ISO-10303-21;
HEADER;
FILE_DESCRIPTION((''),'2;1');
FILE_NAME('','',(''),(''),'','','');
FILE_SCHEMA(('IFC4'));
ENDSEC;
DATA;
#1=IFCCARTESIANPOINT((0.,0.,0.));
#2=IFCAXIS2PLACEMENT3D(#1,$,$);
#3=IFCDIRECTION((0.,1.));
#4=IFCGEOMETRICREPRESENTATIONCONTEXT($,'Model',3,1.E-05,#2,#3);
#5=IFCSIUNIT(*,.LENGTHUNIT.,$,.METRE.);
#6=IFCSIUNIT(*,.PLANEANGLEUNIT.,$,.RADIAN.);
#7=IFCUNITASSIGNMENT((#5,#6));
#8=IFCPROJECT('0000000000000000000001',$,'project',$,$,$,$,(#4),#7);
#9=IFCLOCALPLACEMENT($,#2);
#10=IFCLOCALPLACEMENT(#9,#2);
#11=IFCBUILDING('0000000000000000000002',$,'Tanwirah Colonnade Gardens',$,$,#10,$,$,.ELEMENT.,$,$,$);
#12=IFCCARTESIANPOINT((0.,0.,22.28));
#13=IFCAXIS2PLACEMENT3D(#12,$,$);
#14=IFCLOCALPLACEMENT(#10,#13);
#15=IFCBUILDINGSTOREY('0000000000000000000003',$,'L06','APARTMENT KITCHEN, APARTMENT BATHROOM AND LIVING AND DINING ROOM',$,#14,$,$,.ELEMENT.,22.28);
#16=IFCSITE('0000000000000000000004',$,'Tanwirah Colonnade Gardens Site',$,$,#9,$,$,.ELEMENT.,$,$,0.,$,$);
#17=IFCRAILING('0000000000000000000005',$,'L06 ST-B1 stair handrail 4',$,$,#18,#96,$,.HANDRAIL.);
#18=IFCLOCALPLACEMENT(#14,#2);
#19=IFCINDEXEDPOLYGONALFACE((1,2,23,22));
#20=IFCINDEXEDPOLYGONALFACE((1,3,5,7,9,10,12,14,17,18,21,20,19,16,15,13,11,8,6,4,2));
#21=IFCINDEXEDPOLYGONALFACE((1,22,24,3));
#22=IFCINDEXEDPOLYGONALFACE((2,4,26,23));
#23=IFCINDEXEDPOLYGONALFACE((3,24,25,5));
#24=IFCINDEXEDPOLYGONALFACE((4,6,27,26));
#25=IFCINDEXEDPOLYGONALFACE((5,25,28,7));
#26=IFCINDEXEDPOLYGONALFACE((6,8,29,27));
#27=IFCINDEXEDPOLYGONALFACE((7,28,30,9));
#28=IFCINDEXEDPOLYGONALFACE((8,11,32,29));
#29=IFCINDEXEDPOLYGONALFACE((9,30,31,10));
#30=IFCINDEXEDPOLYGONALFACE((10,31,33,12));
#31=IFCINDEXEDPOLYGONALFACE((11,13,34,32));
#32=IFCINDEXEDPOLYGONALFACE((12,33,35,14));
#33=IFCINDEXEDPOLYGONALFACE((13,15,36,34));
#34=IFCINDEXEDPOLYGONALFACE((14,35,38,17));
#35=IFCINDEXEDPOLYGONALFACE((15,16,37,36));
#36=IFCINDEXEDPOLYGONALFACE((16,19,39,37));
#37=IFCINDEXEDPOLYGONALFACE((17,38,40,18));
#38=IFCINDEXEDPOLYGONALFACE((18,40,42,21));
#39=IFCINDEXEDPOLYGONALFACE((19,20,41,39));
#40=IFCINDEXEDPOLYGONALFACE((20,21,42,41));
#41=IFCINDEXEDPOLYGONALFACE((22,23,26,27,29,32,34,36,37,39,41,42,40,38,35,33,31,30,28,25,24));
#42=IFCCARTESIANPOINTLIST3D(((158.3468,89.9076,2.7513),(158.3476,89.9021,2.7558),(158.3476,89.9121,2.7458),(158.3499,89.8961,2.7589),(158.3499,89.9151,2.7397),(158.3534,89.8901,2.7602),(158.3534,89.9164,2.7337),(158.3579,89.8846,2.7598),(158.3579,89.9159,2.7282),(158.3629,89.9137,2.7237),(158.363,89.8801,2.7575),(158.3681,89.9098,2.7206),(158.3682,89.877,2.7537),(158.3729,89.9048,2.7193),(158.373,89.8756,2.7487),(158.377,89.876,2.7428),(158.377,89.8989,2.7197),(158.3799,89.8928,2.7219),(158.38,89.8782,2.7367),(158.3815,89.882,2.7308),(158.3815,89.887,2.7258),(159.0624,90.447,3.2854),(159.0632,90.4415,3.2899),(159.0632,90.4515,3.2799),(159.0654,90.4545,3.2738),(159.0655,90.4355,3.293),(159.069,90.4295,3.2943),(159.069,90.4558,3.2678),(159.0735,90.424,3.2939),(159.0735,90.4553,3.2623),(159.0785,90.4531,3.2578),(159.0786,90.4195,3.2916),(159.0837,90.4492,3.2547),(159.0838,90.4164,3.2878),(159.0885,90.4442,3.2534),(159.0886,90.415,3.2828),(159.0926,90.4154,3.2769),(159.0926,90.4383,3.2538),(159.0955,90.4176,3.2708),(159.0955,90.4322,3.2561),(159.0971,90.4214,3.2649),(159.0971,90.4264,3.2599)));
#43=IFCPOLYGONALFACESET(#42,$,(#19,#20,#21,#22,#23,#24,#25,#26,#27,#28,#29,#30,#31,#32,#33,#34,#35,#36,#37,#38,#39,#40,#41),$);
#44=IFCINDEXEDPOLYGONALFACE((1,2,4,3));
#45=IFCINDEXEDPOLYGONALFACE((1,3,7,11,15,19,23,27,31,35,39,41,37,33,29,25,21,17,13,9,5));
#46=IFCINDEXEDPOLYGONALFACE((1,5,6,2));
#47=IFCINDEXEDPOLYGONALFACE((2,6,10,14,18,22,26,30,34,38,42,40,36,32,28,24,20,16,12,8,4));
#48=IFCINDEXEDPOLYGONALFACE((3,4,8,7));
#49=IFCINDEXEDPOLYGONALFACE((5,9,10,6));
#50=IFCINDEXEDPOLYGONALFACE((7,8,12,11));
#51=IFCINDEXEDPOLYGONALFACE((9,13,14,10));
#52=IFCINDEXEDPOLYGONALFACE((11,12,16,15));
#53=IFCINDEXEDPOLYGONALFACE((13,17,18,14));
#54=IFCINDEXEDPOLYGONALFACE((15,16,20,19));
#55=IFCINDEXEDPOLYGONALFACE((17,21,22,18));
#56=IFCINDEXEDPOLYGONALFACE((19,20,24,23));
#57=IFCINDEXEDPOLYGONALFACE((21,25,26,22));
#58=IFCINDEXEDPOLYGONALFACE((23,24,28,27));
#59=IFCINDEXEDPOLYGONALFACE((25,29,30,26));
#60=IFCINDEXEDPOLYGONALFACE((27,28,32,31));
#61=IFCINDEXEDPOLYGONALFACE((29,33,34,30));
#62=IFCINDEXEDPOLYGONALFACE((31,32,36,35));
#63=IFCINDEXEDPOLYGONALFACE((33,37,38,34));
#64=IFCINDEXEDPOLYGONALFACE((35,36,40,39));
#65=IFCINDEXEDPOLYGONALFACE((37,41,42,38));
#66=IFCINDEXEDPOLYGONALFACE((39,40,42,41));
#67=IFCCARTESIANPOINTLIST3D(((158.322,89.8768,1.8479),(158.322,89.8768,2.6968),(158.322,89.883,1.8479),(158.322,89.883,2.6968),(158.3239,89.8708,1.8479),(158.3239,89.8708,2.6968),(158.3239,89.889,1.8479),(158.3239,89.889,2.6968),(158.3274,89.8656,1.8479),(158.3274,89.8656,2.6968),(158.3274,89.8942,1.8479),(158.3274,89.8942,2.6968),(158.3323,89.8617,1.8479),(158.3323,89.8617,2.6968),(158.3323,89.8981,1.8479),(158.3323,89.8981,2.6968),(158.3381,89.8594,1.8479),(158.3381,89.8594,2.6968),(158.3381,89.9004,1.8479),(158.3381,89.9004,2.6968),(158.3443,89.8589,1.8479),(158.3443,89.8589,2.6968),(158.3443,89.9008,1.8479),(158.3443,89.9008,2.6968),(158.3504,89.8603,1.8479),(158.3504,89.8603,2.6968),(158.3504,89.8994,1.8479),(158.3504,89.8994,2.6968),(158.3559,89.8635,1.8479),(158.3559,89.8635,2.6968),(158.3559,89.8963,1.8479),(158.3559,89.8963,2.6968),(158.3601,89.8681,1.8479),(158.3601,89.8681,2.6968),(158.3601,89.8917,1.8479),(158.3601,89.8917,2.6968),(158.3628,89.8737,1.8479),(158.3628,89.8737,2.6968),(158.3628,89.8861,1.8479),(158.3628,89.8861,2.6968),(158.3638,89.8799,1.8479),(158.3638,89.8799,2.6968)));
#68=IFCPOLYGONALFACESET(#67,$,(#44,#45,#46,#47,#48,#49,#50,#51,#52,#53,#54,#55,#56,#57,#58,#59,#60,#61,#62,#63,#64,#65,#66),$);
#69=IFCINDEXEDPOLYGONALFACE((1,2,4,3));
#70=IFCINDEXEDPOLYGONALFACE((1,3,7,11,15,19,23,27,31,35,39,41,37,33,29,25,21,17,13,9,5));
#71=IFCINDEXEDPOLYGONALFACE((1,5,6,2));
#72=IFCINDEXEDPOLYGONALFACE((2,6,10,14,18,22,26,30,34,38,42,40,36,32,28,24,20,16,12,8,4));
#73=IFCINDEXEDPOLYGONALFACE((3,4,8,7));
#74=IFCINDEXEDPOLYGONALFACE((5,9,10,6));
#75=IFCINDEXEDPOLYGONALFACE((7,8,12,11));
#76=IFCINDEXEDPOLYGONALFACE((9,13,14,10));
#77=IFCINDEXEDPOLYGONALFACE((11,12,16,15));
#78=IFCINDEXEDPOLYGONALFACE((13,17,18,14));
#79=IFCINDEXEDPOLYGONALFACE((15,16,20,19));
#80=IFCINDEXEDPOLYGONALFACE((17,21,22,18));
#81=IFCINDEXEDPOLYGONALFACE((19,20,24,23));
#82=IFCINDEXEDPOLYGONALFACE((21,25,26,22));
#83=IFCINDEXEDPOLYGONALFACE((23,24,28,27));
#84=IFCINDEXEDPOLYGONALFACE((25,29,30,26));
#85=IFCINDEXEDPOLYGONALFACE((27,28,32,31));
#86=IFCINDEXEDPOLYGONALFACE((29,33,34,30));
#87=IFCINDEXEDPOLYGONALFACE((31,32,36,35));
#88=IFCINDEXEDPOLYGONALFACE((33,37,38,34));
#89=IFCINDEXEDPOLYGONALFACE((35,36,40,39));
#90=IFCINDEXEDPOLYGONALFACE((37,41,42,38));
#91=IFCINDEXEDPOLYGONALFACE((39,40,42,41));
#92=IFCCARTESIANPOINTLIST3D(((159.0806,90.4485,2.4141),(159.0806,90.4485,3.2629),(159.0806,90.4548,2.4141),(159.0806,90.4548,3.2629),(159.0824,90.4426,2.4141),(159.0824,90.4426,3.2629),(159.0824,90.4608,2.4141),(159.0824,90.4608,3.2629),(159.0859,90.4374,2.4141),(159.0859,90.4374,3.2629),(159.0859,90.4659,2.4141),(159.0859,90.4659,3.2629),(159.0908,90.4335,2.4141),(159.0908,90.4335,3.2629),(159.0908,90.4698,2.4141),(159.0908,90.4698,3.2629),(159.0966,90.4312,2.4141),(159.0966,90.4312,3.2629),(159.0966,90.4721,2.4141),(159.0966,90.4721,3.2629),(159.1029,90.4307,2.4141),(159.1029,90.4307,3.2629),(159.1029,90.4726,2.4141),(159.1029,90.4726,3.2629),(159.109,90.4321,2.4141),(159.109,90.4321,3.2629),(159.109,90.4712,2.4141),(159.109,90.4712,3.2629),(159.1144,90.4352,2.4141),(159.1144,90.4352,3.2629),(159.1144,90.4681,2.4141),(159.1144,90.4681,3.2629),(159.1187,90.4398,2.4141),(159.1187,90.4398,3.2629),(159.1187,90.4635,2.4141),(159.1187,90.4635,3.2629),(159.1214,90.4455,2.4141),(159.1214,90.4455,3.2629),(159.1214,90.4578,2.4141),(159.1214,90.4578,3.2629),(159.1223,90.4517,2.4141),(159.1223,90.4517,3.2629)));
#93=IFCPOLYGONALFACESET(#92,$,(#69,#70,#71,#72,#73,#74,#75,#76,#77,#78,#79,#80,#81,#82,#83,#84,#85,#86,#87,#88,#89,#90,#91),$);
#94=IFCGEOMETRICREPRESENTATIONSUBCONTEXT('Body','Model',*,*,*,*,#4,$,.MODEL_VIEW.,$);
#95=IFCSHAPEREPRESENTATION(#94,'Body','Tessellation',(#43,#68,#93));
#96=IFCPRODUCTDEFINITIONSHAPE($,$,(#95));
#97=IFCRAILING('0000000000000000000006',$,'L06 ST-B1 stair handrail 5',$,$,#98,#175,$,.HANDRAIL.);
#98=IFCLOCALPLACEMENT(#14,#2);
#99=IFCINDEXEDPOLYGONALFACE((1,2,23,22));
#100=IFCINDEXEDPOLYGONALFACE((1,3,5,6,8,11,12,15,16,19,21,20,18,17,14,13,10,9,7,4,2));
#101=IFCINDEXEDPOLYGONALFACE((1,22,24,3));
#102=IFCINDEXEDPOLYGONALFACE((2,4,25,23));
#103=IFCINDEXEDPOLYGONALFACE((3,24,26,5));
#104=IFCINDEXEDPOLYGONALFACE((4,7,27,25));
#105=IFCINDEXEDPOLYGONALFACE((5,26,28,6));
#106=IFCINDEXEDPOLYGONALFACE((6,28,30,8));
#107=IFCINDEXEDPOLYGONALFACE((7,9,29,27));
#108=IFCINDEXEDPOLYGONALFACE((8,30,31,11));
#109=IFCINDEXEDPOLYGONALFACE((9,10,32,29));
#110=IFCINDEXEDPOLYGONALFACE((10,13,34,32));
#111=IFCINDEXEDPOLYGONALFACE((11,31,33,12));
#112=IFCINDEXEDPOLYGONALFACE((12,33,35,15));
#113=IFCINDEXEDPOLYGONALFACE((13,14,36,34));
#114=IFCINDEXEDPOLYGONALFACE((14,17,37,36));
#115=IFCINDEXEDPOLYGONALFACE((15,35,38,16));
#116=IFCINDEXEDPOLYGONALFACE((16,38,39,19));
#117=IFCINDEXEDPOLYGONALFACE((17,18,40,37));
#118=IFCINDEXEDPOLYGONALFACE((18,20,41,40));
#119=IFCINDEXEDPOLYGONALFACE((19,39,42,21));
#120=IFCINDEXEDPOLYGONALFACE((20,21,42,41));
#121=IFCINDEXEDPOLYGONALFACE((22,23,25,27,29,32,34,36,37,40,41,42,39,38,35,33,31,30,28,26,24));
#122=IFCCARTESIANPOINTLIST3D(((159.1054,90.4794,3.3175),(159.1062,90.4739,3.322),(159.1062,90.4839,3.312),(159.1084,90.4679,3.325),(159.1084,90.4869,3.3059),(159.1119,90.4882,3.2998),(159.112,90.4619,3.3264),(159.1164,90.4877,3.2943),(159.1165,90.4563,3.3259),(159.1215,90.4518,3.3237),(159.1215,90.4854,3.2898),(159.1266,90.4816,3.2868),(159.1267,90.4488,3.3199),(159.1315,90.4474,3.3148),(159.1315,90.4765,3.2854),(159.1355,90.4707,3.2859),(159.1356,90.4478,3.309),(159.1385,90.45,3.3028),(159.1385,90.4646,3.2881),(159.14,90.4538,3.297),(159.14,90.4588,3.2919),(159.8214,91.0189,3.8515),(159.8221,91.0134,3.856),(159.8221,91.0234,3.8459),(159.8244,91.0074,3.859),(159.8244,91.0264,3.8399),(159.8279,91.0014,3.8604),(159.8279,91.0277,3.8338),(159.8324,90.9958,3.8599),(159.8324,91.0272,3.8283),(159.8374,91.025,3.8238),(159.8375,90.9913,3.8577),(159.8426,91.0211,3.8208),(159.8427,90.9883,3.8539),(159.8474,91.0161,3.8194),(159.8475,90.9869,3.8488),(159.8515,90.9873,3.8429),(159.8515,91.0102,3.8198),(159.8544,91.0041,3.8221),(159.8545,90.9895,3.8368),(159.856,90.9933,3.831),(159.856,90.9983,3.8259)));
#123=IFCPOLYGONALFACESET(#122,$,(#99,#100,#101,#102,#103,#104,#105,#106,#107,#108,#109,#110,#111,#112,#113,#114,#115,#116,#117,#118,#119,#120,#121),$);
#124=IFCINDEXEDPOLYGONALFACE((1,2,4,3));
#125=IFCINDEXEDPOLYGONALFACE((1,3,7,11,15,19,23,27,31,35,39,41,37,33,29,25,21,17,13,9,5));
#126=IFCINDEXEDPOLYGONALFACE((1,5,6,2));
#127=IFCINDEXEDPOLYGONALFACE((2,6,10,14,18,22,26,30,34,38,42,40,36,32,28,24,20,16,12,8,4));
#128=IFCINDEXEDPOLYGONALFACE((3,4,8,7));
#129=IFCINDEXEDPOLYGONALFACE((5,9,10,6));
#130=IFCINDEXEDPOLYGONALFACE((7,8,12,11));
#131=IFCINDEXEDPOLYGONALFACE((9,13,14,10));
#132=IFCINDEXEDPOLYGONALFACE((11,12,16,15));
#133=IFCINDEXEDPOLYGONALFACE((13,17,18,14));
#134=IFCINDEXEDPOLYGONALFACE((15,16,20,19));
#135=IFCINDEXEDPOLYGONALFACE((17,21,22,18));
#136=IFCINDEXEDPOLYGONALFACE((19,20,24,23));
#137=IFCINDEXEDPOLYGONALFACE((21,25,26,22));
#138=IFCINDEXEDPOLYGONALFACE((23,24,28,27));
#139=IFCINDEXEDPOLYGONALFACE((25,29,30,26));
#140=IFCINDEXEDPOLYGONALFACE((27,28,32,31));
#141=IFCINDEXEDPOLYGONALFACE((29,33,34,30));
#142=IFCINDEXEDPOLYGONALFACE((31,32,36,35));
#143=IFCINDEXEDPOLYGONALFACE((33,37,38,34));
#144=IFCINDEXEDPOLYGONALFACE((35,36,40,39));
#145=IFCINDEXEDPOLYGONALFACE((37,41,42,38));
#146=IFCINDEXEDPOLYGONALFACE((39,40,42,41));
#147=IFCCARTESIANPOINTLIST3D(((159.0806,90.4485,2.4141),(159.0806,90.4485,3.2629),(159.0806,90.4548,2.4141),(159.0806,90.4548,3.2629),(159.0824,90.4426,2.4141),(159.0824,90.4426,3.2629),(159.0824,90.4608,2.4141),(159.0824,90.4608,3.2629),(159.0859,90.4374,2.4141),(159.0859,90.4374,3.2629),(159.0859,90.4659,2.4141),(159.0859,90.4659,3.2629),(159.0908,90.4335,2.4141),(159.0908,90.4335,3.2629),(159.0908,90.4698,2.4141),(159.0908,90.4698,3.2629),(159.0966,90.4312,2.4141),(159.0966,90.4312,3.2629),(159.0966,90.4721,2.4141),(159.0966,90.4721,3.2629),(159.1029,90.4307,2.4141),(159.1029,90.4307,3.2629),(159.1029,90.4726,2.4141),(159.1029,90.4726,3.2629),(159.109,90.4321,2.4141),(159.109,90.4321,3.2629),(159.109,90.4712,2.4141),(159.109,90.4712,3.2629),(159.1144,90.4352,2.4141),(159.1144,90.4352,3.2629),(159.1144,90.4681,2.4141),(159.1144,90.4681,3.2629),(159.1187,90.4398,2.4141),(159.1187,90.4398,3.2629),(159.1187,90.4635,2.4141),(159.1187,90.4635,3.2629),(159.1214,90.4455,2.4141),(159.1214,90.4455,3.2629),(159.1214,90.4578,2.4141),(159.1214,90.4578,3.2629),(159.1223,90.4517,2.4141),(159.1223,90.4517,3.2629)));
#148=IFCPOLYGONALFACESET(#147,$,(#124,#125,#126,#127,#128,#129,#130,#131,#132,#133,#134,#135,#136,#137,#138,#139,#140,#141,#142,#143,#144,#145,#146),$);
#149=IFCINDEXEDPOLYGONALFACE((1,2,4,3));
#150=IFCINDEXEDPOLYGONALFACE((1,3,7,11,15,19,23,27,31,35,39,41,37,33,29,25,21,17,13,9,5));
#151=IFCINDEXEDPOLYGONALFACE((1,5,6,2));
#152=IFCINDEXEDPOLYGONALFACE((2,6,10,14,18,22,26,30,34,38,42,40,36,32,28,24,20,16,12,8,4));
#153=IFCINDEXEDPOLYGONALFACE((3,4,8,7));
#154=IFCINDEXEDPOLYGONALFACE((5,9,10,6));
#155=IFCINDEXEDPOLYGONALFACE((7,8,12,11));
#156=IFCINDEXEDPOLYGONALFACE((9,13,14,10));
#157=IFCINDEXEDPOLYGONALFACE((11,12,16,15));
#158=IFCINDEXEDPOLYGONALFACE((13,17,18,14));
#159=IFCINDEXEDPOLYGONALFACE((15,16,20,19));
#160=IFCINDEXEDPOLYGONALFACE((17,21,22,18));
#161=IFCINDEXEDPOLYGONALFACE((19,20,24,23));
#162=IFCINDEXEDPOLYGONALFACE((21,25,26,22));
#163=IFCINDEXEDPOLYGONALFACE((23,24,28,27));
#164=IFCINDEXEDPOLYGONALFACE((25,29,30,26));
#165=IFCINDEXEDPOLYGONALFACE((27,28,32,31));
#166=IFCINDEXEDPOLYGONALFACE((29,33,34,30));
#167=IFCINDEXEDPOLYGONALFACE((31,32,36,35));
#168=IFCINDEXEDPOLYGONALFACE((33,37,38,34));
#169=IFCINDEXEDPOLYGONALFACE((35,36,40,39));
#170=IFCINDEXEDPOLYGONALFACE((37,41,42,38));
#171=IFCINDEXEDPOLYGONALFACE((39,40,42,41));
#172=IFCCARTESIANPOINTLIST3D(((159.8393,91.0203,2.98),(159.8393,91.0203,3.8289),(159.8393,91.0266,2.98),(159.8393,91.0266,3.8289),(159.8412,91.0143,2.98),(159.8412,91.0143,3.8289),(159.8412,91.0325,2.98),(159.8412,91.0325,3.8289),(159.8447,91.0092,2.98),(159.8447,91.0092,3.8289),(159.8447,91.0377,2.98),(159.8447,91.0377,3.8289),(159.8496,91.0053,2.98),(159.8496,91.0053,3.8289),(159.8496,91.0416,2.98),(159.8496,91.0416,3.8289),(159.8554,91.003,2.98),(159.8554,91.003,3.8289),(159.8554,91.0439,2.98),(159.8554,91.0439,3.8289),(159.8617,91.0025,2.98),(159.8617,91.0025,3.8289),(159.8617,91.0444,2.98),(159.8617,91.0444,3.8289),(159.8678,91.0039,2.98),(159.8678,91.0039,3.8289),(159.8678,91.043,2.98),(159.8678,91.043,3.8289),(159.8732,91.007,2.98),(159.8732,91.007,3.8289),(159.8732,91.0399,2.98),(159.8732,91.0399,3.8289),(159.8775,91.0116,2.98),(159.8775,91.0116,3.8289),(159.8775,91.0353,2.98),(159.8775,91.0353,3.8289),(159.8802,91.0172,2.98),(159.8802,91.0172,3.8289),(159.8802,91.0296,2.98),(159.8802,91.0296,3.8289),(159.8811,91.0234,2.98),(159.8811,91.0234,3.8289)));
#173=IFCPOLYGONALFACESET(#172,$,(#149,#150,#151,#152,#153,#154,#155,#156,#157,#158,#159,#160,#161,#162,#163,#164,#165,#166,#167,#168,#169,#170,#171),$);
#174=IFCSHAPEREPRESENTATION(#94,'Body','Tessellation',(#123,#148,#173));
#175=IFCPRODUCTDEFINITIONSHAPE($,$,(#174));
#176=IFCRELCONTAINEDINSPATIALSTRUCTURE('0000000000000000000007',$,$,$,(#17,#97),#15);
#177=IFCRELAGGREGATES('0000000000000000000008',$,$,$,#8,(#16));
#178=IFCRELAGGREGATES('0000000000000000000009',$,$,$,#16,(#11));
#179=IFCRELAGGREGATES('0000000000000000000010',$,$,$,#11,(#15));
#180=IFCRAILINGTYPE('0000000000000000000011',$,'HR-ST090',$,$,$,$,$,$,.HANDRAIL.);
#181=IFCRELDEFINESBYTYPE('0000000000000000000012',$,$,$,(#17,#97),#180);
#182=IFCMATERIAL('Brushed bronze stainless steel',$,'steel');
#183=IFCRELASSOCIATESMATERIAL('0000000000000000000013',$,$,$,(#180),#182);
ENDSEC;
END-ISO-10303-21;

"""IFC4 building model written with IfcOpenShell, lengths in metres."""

from ifc_helpers import new_model, si_unit, direction, frame, origin, origin_2d, place, context, subcontext, project, spatial, circle, extrude, material, type_object, element, save


model = new_model("IFC4")

# Units and contexts
model_context = context("Model", 3, precision=1e-05, world=origin(), true_north=direction((0.0, 1.0)))
body_context = subcontext(model_context, "Body", "Model", "MODEL_VIEW")
ifc_project = project(units=[si_unit("LENGTHUNIT", "METRE"), si_unit("PLANEANGLEUNIT", "RADIAN")], contexts=[model_context])

# Site, building, storey
site_placement = place(None, origin())
site = spatial("IfcSite", under=ifc_project, at=site_placement, Name="Tanwirah Colonnade Gardens Site", CompositionType="ELEMENT", RefElevation=0.0)
building_placement = place(site_placement, origin())
building = spatial("IfcBuilding", under=site, at=building_placement, Name="Tanwirah Colonnade Gardens", CompositionType="ELEMENT")
storey_placement = place(building_placement, frame((0.0, 0.0, 22.28)))
storey = spatial("IfcBuildingStorey", under=building, at=storey_placement, Name="L06", Description="APARTMENT KITCHEN, APARTMENT BATHROOM AND LIVING AND DINING ROOM", CompositionType="ELEMENT", Elevation=22.28)

# Railings
ifc_material_1 = material(Name="Brushed bronze stainless steel", Category="steel")
railing_type_1 = type_object("IfcRailingType", Name="HR-ST090", PredefinedType="HANDRAIL", material=ifc_material_1)
railing_1_placement = place(storey_placement, frame((158.3428, 89.8799, 1.8479)))
element("IfcRailing", 1, at=railing_1_placement, inside=storey, type_object=railing_type_1, Name="L06 ST-B1 stair handrail 4", PredefinedType="HANDRAIL", context=body_context, shape_type="SweptSolid", body=[
    extrude(circle(Radius=0.0239, at=origin_2d()), frame((0.0215, 0.0161, 0.8918), z_axis=(0.685951, 0.517057, 0.511979), x_axis=(-0.601931, 0.798548, 0.0)), (0.0, 0.0, 1.0), 1.0432),
    extrude(circle(Radius=0.021, at=origin_2d()), origin(), (0.0, 0.0, 1.0), 0.8489),
    extrude(circle(Radius=0.021, at=origin_2d()), frame((0.7585, 0.5718, 0.5662)), (0.0, 0.0, 1.0), 0.8489),
])
railing_2_placement = place(storey_placement, frame((159.1013, 90.4517, 2.4141)))
element("IfcRailing", 2, at=railing_2_placement, inside=storey, type_object=railing_type_1, Name="L06 ST-B1 stair handrail 5", PredefinedType="HANDRAIL", context=body_context, shape_type="SweptSolid", body=[
    extrude(circle(Radius=0.0239, at=origin_2d()), frame((0.0215, 0.0161, 0.8918), z_axis=(0.686145, 0.517037, 0.511739), x_axis=(-0.601807, 0.798641, 0.0)), (0.0, 0.0, 1.0), 1.0435),
    extrude(circle(Radius=0.021, at=origin_2d()), origin(), (0.0, 0.0, 1.0), 0.8489),
    extrude(circle(Radius=0.021, at=origin_2d()), frame((0.7588, 0.5718, 0.5659)), (0.0, 0.0, 1.0), 0.8489),
])

save(model, "model.ifc")
